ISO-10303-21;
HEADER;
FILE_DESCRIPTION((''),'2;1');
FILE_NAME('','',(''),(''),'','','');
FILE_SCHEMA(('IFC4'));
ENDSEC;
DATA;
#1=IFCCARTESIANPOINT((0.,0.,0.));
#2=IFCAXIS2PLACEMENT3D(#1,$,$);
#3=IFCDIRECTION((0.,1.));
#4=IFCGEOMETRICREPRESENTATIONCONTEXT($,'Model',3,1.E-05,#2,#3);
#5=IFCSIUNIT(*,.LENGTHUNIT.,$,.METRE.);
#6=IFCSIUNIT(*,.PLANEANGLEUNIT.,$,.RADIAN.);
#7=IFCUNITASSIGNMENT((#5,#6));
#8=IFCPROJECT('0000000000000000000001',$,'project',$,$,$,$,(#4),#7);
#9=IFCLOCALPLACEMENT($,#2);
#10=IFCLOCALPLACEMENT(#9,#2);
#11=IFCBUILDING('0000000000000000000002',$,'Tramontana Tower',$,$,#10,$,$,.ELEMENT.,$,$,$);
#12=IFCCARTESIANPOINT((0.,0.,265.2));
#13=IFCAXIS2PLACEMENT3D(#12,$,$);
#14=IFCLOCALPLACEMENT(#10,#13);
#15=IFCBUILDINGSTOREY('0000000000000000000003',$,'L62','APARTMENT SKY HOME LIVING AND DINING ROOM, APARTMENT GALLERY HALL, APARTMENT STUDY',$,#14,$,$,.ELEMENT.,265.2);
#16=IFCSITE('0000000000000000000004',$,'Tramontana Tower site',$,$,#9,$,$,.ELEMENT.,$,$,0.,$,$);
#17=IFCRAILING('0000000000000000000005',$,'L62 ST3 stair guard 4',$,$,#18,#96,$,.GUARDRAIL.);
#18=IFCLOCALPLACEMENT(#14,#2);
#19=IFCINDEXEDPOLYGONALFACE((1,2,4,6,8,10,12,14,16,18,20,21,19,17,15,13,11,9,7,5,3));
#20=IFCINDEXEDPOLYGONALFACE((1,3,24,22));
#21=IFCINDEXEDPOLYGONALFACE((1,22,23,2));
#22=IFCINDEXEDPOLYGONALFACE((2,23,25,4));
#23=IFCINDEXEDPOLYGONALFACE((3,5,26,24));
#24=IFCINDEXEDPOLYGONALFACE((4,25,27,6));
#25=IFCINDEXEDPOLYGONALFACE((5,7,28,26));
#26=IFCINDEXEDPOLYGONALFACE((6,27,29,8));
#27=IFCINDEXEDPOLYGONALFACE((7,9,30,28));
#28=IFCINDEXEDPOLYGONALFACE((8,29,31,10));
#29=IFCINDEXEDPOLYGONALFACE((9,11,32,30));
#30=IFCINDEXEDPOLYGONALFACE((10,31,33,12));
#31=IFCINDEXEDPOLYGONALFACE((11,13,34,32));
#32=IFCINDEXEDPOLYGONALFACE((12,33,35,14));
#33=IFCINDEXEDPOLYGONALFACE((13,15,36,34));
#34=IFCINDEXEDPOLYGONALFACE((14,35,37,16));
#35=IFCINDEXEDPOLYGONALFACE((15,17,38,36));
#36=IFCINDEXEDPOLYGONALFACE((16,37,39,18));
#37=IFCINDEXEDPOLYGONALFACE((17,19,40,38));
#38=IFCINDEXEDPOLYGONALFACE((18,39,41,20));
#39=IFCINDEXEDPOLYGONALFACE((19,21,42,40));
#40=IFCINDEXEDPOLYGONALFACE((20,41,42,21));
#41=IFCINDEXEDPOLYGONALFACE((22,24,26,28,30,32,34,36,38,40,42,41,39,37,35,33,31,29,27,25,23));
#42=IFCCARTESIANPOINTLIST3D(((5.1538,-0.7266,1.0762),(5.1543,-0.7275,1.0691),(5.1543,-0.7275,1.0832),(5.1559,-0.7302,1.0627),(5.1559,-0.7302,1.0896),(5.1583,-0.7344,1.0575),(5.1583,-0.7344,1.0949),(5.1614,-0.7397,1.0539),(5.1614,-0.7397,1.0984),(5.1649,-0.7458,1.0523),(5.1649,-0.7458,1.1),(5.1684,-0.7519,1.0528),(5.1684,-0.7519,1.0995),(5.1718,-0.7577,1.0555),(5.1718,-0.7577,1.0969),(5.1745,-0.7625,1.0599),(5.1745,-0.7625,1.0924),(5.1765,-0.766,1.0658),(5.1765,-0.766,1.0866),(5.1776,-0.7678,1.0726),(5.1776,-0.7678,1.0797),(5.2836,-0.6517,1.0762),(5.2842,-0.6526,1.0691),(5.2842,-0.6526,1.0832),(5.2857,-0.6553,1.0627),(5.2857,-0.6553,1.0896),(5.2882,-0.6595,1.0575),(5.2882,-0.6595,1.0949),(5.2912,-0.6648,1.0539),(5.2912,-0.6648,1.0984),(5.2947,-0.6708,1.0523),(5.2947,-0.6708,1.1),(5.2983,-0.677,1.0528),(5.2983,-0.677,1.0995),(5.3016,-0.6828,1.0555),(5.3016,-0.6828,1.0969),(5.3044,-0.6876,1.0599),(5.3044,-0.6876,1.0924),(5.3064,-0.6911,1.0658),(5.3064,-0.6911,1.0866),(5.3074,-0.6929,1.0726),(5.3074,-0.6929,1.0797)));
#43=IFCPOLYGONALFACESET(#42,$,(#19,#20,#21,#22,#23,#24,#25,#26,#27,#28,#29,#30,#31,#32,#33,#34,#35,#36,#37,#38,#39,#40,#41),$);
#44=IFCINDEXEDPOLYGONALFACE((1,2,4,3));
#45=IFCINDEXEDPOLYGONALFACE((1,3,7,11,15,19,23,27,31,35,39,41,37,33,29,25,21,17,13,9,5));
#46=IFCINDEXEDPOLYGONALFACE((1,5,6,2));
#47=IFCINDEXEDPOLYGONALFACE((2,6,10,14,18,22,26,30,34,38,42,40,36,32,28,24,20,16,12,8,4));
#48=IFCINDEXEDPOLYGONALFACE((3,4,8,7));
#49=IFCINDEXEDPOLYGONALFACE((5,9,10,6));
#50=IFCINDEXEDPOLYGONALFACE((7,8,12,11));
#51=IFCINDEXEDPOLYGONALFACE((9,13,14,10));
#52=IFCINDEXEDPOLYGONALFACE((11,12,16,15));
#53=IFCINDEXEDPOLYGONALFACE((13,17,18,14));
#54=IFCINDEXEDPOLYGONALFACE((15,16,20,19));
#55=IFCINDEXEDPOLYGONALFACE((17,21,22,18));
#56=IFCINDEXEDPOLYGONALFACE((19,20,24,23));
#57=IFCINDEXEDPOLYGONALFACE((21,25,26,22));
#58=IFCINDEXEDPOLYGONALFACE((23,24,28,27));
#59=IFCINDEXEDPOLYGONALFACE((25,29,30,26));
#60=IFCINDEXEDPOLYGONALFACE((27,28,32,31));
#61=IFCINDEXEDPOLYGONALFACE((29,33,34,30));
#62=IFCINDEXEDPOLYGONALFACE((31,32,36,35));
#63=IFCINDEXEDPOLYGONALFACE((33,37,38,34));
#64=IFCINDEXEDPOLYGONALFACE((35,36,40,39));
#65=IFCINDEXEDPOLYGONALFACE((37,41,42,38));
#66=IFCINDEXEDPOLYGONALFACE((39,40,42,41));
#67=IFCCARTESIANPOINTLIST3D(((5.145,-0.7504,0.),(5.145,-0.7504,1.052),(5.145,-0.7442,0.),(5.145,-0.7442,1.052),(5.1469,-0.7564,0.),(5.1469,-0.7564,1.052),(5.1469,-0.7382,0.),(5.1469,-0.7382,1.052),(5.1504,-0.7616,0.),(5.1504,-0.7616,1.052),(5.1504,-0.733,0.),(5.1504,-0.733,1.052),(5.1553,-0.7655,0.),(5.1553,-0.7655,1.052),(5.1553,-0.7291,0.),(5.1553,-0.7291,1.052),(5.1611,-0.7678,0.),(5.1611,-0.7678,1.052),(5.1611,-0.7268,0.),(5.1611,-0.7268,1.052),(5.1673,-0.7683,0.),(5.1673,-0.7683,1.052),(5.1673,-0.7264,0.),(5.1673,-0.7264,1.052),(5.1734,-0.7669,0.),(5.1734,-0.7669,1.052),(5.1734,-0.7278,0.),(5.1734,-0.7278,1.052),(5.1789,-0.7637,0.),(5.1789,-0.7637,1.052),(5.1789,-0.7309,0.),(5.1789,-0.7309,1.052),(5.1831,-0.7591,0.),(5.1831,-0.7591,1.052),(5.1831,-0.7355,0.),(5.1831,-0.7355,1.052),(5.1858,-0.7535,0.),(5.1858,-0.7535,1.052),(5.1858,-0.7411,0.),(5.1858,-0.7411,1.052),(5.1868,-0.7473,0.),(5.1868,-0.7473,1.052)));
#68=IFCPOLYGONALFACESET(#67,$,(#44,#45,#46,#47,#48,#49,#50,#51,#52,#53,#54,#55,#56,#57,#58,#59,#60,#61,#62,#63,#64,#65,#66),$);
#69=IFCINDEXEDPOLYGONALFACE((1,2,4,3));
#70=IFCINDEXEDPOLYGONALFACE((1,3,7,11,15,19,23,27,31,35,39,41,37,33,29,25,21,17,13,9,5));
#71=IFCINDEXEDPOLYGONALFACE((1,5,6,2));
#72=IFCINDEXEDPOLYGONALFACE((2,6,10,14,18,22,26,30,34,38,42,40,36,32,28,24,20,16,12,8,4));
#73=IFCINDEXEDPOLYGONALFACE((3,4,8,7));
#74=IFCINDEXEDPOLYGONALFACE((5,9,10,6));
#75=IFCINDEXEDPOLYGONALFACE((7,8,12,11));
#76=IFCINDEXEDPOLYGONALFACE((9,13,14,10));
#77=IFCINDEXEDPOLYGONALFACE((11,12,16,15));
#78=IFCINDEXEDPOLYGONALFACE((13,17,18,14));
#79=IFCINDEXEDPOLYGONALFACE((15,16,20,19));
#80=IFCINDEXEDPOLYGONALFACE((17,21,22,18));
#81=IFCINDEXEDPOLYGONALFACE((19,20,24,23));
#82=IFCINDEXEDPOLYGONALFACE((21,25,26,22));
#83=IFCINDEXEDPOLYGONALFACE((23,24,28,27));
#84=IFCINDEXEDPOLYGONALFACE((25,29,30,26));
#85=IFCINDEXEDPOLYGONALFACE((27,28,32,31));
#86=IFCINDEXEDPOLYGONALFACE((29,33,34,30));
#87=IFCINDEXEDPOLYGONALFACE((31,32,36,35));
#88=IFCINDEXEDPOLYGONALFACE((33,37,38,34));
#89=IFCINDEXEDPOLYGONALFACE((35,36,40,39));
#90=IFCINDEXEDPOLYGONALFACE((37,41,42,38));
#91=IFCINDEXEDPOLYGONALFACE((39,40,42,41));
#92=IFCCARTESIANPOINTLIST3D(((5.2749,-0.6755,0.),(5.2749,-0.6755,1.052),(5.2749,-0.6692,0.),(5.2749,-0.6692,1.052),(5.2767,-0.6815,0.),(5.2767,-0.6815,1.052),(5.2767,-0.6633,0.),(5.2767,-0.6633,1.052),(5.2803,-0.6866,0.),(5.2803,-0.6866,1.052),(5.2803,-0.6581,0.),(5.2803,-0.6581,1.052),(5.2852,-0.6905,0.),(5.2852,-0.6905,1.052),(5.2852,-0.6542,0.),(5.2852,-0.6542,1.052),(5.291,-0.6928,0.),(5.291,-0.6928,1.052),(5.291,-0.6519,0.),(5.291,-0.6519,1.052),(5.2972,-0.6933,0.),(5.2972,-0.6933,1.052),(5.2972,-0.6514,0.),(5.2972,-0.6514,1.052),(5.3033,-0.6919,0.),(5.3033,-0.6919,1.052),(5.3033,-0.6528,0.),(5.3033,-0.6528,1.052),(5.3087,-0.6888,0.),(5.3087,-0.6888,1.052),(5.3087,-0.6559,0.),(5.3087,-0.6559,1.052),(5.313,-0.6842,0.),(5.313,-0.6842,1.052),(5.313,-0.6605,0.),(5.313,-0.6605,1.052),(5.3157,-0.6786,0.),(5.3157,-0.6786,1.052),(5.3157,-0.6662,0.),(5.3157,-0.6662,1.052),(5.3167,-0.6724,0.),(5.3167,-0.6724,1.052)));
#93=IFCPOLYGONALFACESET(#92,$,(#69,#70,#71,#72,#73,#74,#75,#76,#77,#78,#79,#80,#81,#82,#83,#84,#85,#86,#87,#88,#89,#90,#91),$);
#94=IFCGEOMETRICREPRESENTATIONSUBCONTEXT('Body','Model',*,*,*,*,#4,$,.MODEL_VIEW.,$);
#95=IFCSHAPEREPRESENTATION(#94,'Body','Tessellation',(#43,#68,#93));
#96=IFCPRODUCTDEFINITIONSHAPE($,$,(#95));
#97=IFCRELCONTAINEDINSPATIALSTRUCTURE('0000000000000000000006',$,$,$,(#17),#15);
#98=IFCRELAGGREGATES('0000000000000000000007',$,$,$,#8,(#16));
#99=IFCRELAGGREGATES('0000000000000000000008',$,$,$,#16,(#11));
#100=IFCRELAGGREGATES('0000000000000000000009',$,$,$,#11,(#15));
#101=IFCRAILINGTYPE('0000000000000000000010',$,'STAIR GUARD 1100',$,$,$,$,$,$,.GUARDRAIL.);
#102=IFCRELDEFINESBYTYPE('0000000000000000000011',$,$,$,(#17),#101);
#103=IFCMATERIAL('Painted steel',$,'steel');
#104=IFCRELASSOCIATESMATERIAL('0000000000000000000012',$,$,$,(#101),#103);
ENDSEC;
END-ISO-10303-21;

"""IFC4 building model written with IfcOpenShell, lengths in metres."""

from ifc_helpers import new_model, si_unit, direction, frame, origin, origin_2d, place, context, subcontext, project, spatial, circle, extrude, material, type_object, element, save


model = new_model("IFC4")

# Units and contexts
model_context = context("Model", 3, precision=1e-05, world=origin(), true_north=direction((0.0, 1.0)))
body_context = subcontext(model_context, "Body", "Model", "MODEL_VIEW")
ifc_project = project(units=[si_unit("LENGTHUNIT", "METRE"), si_unit("PLANEANGLEUNIT", "RADIAN")], contexts=[model_context])

# Site, building, storey
site_placement = place(None, origin())
site = spatial("IfcSite", under=ifc_project, at=site_placement, Name="Tramontana Tower site", CompositionType="ELEMENT", RefElevation=0.0)
building_placement = place(site_placement, origin())
building = spatial("IfcBuilding", under=site, at=building_placement, Name="Tramontana Tower", CompositionType="ELEMENT")
storey_placement = place(building_placement, frame((0.0, 0.0, 265.2)))
storey = spatial("IfcBuildingStorey", under=building, at=storey_placement, Name="L62", Description="APARTMENT SKY HOME LIVING AND DINING ROOM, APARTMENT GALLERY HALL, APARTMENT STUDY", CompositionType="ELEMENT", Elevation=265.2)

# Railing
ifc_material_1 = material(Name="Painted steel", Category="steel")
railing_type_1 = type_object("IfcRailingType", Name="STAIR GUARD 1100", PredefinedType="GUARDRAIL", material=ifc_material_1)
railing_1_placement = place(storey_placement, frame((5.1658, -0.7473, 0.0)))
element("IfcRailing", 1, at=railing_1_placement, inside=storey, type_object=railing_type_1, Name="L62 ST3 stair guard 4", PredefinedType="GUARDRAIL", context=body_context, shape_type="SweptSolid", body=[
    extrude(circle(Radius=0.0239, at=origin_2d()), frame((0.0, 0.0, 1.0762), z_axis=(0.866131, 0.499816, 0.0), x_axis=(-0.499816, 0.866131, 0.0)), (0.0, 0.0, 1.0), 0.1499),
    extrude(circle(Radius=0.021, at=origin_2d()), origin(), (0.0, 0.0, 1.0), 1.052),
    extrude(circle(Radius=0.021, at=origin_2d()), frame((0.1299, 0.075, 0.0)), (0.0, 0.0, 1.0), 1.052),
])

save(model, "model.ifc")
